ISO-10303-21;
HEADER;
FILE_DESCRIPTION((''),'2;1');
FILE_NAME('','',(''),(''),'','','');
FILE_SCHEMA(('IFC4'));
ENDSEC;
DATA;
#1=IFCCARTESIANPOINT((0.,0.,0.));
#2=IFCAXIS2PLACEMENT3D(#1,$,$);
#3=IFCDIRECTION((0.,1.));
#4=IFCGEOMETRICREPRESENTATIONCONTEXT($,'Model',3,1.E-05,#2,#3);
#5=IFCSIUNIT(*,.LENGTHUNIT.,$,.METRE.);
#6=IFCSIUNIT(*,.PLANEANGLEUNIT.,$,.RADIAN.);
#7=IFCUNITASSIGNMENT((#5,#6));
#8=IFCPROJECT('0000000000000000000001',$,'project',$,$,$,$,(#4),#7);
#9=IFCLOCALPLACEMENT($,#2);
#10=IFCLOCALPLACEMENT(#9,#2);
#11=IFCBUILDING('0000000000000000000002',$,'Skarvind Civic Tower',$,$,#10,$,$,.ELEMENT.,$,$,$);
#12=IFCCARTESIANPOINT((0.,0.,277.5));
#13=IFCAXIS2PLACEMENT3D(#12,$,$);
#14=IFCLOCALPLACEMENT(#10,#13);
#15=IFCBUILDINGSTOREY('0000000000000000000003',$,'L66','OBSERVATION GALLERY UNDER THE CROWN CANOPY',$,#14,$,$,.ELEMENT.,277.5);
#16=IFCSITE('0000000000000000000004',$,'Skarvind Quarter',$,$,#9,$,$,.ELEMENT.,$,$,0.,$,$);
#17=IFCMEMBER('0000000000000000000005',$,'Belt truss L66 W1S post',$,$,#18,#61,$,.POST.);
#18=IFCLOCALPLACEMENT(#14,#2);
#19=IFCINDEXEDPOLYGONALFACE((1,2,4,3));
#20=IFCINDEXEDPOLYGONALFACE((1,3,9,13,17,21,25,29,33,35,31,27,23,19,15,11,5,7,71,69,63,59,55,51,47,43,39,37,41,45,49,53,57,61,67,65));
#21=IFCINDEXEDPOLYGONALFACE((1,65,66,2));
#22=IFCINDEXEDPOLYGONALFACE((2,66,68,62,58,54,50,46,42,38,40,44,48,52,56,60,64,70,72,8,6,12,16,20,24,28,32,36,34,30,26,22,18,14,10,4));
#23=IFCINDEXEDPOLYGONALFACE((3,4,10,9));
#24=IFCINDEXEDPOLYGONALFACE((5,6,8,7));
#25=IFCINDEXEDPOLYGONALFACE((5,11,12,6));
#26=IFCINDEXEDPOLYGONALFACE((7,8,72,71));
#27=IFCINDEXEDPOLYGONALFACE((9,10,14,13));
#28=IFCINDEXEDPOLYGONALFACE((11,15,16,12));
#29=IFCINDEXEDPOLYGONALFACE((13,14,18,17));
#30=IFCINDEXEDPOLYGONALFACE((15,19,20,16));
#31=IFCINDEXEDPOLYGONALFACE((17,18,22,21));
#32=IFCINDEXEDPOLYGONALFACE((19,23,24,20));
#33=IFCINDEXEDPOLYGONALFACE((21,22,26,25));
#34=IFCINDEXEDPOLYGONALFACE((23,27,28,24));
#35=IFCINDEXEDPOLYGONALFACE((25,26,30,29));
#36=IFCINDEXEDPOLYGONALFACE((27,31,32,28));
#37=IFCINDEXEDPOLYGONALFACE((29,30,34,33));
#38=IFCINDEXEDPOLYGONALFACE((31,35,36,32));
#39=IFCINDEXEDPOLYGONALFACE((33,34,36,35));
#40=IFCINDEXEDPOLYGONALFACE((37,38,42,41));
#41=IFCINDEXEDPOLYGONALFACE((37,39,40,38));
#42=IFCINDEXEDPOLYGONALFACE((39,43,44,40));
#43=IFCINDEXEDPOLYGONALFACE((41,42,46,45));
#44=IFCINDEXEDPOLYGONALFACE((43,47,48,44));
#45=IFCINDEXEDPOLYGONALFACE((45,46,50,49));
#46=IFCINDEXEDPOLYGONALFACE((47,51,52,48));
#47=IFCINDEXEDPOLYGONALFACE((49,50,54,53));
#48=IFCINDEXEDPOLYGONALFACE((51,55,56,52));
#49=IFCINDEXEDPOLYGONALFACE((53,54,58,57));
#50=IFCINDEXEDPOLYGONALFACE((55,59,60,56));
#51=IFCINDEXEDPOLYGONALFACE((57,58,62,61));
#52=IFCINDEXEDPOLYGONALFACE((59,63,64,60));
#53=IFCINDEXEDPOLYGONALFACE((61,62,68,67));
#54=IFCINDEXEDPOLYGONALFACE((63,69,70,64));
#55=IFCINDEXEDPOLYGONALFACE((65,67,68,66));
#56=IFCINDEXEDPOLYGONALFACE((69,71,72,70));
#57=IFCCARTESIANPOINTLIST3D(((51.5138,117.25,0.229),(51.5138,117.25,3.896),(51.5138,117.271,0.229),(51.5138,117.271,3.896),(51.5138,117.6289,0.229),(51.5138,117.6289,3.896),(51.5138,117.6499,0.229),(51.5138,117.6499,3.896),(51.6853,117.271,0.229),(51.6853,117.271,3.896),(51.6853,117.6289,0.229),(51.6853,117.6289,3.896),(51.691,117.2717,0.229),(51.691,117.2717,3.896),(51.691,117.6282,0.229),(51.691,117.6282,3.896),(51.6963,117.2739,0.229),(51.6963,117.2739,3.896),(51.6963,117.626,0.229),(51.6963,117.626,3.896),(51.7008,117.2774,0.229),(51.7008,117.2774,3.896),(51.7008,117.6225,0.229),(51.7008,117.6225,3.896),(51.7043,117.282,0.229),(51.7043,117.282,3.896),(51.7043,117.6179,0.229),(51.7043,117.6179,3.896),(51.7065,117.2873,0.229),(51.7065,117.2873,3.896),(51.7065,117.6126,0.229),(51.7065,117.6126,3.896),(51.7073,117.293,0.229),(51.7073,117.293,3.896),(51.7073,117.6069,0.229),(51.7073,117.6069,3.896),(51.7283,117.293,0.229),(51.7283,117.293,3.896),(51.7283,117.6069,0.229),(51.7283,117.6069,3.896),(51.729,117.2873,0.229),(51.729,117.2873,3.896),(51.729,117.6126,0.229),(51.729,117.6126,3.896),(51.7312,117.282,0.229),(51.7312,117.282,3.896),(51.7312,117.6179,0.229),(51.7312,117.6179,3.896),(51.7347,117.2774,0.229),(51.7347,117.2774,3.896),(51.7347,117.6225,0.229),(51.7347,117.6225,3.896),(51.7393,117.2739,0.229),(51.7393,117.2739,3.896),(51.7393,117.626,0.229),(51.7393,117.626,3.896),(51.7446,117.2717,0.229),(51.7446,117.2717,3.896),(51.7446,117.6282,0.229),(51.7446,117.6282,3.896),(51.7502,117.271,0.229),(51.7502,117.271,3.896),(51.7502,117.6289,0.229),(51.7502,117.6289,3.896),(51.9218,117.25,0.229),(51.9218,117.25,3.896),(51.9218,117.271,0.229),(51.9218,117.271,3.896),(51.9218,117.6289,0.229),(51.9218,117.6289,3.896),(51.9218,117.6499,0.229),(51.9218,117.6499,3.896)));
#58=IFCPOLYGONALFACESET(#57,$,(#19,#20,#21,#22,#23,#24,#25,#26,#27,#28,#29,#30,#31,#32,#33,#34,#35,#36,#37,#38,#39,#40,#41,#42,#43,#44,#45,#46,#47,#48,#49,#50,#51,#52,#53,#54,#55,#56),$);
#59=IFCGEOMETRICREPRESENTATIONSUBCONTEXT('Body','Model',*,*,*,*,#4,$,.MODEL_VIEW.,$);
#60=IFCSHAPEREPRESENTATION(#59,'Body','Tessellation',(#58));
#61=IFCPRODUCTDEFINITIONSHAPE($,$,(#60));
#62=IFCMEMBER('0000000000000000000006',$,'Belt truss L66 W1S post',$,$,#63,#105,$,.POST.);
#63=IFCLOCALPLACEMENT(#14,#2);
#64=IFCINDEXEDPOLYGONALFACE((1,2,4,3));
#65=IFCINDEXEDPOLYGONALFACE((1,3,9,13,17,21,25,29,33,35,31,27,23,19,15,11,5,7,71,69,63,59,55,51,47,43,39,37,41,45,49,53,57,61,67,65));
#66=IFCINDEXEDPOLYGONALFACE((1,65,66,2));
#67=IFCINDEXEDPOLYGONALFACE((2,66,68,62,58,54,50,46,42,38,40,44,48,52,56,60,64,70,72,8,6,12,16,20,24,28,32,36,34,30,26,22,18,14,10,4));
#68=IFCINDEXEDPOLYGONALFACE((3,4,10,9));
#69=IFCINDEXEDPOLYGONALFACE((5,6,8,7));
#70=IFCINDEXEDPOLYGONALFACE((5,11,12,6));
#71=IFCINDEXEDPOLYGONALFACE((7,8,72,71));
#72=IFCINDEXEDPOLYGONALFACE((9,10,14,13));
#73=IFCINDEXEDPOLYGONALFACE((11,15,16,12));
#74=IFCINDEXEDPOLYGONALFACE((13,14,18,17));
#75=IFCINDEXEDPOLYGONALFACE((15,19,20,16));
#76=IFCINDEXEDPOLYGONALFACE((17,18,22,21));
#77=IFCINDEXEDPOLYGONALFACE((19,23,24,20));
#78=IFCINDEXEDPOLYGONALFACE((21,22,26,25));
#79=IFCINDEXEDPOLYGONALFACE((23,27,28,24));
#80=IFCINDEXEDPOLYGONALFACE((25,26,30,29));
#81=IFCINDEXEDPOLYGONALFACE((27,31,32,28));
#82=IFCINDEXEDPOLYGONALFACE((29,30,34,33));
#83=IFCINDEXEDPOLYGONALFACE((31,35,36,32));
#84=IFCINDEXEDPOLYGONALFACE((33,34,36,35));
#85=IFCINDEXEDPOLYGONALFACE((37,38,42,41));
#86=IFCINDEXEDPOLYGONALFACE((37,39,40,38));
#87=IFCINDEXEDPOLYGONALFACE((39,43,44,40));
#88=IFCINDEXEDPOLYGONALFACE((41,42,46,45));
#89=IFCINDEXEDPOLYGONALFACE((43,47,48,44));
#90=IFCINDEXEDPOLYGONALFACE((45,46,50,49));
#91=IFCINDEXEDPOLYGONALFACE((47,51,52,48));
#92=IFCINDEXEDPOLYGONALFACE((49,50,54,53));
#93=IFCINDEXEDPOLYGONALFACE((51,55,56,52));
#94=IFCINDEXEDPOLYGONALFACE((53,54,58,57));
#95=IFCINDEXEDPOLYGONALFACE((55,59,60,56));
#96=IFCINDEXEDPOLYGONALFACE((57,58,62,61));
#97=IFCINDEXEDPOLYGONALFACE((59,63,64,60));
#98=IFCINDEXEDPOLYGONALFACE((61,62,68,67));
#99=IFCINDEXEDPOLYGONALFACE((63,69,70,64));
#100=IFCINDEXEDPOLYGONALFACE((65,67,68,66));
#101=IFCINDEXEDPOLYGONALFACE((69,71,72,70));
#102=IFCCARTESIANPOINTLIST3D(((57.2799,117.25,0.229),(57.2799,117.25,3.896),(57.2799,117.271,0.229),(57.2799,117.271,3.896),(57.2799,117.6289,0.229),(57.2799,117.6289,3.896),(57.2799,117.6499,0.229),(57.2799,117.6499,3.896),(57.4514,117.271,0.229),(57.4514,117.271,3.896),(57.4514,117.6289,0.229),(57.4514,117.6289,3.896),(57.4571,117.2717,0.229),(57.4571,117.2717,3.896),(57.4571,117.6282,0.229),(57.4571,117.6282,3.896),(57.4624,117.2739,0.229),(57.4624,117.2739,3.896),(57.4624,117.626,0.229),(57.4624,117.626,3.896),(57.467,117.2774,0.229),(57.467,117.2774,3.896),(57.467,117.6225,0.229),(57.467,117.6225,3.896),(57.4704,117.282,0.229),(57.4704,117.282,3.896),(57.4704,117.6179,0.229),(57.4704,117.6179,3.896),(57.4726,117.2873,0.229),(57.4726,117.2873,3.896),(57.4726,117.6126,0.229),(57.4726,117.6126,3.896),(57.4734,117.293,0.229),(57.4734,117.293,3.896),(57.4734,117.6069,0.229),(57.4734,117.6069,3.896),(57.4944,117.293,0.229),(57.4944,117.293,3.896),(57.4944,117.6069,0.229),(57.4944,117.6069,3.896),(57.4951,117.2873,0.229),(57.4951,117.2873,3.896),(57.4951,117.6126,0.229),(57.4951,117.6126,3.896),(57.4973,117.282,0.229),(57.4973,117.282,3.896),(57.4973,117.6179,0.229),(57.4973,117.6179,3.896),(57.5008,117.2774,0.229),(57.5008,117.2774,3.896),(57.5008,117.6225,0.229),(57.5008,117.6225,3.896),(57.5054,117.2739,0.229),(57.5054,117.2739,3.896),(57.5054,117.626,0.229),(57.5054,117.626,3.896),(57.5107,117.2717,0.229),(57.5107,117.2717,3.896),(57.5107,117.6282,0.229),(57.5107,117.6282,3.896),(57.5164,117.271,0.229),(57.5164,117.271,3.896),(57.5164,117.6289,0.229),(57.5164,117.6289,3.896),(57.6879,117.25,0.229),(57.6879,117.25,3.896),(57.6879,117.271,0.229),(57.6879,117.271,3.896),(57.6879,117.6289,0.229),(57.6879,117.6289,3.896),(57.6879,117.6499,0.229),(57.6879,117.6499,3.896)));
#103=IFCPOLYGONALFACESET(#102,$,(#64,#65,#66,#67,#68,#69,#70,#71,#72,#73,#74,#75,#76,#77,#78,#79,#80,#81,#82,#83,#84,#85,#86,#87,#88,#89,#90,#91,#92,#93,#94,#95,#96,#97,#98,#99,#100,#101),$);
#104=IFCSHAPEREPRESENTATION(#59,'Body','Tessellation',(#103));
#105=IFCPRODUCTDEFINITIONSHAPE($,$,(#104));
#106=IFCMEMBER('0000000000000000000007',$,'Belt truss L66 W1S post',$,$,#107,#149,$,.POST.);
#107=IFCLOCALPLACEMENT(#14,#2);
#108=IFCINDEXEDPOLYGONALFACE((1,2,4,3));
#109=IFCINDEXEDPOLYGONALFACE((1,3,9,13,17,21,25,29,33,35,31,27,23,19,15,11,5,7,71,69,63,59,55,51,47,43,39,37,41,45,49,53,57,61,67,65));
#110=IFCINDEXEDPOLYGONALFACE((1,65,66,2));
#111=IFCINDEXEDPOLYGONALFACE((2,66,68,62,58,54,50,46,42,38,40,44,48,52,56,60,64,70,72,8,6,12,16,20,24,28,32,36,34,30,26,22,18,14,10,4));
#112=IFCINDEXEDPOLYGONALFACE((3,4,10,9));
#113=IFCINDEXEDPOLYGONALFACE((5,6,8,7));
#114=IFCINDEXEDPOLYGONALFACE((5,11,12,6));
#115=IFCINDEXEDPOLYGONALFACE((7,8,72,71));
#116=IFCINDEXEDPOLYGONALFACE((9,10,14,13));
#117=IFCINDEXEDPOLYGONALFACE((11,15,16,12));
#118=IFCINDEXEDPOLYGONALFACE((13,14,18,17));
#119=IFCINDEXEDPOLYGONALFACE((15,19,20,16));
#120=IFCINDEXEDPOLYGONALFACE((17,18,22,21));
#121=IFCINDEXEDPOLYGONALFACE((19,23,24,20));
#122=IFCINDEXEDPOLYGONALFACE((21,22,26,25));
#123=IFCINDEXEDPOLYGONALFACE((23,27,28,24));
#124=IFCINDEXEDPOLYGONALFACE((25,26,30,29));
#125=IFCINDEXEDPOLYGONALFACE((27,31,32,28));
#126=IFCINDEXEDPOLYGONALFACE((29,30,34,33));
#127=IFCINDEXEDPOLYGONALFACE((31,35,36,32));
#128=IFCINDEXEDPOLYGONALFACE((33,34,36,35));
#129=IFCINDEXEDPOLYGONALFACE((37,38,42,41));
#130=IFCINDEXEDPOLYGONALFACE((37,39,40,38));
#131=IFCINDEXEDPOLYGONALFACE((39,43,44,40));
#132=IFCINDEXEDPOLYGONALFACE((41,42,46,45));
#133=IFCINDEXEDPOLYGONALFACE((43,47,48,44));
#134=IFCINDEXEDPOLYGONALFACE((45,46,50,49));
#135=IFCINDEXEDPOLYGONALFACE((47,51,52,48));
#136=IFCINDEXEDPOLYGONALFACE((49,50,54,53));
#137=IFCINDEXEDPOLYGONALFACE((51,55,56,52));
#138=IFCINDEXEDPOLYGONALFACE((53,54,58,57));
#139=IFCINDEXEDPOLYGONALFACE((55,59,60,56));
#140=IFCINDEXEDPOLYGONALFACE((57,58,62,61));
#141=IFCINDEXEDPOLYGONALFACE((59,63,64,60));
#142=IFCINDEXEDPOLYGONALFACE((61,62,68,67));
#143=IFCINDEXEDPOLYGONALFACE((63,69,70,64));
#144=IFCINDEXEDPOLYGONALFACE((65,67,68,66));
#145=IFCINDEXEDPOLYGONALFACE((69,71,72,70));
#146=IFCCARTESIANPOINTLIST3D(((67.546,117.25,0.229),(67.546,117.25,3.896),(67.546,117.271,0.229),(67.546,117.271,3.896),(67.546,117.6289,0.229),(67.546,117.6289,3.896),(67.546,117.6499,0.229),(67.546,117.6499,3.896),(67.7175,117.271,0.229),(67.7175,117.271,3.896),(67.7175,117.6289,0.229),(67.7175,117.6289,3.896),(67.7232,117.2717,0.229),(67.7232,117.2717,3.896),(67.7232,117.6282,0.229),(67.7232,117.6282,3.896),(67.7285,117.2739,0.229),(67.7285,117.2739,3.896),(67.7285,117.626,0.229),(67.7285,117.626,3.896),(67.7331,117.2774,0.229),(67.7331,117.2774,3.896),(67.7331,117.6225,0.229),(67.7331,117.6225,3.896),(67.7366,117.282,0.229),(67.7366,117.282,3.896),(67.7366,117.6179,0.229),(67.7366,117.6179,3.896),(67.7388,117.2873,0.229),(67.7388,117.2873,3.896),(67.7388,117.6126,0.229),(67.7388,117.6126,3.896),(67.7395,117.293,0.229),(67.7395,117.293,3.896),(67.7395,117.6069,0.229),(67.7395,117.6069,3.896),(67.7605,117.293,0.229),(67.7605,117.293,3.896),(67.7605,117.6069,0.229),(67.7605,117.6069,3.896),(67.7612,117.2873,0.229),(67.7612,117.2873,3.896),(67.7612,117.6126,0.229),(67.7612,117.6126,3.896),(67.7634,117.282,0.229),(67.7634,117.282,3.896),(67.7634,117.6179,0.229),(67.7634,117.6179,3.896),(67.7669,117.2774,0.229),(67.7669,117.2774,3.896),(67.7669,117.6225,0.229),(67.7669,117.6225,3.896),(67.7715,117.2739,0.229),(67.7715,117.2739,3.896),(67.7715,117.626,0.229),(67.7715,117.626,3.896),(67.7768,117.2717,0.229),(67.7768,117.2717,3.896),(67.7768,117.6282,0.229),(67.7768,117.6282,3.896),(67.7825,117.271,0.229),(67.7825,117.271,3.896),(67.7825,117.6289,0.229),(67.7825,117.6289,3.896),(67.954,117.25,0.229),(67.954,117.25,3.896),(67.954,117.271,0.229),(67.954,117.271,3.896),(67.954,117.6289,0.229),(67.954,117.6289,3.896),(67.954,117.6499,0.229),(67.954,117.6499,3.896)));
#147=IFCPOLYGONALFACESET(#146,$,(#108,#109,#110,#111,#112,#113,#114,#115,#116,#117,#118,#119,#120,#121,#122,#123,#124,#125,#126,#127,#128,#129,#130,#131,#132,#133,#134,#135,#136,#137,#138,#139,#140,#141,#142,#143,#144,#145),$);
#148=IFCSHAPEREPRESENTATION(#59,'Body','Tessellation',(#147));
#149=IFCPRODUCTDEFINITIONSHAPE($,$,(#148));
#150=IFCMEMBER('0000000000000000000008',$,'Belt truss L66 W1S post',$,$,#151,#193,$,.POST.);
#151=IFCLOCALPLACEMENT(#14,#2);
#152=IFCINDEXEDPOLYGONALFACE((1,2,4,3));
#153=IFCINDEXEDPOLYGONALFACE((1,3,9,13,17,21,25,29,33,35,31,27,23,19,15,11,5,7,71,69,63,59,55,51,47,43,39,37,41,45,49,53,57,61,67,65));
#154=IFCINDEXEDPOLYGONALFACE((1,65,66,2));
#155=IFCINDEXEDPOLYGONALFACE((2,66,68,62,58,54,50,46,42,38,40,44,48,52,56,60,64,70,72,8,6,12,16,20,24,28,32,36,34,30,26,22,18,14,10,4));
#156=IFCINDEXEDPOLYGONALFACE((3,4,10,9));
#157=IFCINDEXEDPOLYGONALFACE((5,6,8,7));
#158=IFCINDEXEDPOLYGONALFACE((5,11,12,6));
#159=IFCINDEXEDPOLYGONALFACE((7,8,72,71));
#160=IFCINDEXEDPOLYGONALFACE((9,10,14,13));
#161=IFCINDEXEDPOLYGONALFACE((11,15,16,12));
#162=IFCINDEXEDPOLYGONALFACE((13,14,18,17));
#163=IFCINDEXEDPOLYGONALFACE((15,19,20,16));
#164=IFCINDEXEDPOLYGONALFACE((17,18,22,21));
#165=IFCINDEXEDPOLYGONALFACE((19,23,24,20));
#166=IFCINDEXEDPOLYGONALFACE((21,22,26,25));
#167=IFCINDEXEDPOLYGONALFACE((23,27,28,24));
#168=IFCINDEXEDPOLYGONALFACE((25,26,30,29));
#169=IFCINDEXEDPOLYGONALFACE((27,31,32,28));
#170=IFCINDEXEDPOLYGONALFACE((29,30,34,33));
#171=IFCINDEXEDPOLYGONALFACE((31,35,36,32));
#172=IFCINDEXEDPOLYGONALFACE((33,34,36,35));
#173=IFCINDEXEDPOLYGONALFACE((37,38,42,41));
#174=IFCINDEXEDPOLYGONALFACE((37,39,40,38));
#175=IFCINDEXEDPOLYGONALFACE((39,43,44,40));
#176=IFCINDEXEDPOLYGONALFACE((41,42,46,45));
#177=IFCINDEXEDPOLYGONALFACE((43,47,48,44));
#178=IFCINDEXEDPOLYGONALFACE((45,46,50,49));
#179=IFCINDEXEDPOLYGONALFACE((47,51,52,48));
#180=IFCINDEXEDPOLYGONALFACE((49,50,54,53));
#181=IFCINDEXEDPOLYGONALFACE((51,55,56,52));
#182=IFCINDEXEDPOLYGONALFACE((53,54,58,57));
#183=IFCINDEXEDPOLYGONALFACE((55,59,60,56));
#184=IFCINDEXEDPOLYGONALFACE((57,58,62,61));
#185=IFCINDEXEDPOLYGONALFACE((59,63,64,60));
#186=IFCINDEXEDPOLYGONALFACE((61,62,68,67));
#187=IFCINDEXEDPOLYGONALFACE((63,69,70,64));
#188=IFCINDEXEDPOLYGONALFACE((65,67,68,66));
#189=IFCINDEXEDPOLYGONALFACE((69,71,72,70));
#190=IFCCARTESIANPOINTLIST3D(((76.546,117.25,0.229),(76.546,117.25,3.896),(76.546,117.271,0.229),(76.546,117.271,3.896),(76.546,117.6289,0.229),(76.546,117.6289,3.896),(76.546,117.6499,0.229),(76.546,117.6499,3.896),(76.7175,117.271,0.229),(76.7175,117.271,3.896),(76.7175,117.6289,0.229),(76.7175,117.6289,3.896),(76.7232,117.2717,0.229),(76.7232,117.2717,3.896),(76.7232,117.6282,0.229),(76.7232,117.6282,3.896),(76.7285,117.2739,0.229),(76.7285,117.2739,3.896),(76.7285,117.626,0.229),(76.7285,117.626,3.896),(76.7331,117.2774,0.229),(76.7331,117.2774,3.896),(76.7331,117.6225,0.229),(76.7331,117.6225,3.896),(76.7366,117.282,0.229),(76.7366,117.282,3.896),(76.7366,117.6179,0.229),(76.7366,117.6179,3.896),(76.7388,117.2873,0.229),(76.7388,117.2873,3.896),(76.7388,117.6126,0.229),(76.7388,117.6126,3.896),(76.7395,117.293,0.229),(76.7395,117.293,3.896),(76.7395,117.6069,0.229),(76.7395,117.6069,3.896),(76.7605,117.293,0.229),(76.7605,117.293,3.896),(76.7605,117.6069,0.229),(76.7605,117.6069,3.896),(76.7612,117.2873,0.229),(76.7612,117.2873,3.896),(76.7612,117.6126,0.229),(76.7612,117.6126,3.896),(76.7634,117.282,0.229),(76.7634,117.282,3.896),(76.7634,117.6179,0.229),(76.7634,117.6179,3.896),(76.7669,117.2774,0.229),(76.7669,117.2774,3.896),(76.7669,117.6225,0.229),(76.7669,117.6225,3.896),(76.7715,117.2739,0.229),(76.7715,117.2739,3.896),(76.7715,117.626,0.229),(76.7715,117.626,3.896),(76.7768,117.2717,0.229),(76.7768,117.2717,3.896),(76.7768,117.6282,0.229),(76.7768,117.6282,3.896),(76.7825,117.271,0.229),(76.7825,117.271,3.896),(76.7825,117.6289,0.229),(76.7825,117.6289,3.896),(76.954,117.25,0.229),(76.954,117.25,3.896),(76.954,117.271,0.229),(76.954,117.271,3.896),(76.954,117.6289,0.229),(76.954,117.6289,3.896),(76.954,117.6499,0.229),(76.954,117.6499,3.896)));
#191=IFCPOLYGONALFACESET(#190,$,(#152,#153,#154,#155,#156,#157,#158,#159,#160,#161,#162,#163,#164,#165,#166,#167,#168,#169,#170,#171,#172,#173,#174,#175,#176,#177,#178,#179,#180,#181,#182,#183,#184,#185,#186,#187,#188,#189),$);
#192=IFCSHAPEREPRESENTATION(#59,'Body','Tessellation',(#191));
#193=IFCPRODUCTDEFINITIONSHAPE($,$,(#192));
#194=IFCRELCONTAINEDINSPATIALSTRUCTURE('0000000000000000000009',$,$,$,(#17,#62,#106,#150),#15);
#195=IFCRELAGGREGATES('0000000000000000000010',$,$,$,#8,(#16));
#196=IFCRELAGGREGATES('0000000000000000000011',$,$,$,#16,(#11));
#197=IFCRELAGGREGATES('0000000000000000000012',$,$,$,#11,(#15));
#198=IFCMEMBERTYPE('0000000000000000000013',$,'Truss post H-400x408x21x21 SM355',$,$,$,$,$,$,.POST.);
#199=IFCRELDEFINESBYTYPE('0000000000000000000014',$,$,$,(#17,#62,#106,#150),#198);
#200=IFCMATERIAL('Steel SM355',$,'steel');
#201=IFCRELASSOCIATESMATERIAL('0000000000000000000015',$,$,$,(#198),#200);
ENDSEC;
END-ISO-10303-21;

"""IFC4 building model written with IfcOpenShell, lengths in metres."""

from ifc_helpers import new_model, si_unit, direction, frame, origin, origin_2d, place, context, subcontext, project, spatial, i_section, extrude, material, material_profile, profile_set, type_object, element, save


model = new_model("IFC4")

# Units and contexts
model_context = context("Model", 3, precision=1e-05, world=origin(), true_north=direction((0.0, 1.0)))
body_context = subcontext(model_context, "Body", "Model", "MODEL_VIEW")
ifc_project = project(units=[si_unit("LENGTHUNIT", "METRE"), si_unit("PLANEANGLEUNIT", "RADIAN")], contexts=[model_context])

# Site, building, storey
site_placement = place(None, origin())
site = spatial("IfcSite", under=ifc_project, at=site_placement, Name="Skarvind Quarter", CompositionType="ELEMENT", RefElevation=0.0)
building_placement = place(site_placement, origin())
building = spatial("IfcBuilding", under=site, at=building_placement, Name="Skarvind Civic Tower", CompositionType="ELEMENT")
storey_placement = place(building_placement, frame((0.0, 0.0, 277.5)))
storey = spatial("IfcBuildingStorey", under=building, at=storey_placement, Name="L66", Description="OBSERVATION GALLERY UNDER THE CROWN CANOPY", CompositionType="ELEMENT", Elevation=277.5)

# Members
ifc_material_1 = material(Name="Steel SM355", Category="steel")
ifc_material_profile_1 = material_profile(ifc_material_1, i_section(OverallWidth=0.408, OverallDepth=0.3999, WebThickness=0.021, FlangeThickness=0.021, FilletRadius=0.022, at=origin_2d()), Name="H-400x408x21x21")
ifc_profile_set_1 = profile_set([ifc_material_profile_1], Name="Steel SM355")
member_type_1 = type_object("IfcMemberType", Name="Truss post H-400x408x21x21 SM355", PredefinedType="POST", material=ifc_profile_set_1)
for number, where, z_axis, x_axis, name in (
    (1, (51.7178, 117.45, 0.229), (0.0, 0.0, 1.0), (1.0, 0.0, 0.0), "Belt truss L66 W1S post"),
    (2, (57.4839, 117.45, 0.229), (0.0, 0.0, 1.0), (1.0, 0.0, 0.0), "Belt truss L66 W1S post"),
    (3, (67.75, 117.45, 0.229), (0.0, 0.0, 1.0), (1.0, 0.0, 0.0), "Belt truss L66 W1S post"),
    (4, (76.75, 117.45, 0.229), (0.0, 0.0, 1.0), (1.0, 0.0, 0.0), "Belt truss L66 W1S post"),
):
    element("IfcMember", number, at=place(storey_placement, frame(where, z_axis=z_axis, x_axis=x_axis)), inside=storey, type_object=member_type_1, Name=name, PredefinedType="POST", context=body_context, shape_type="SweptSolid", body=[
        extrude(i_section(OverallWidth=0.408, OverallDepth=0.3999, WebThickness=0.021, FlangeThickness=0.021, FilletRadius=0.022, at=origin_2d()), origin(), (0.0, 0.0, 1.0), 3.667),
    ])

save(model, "model.ifc")
